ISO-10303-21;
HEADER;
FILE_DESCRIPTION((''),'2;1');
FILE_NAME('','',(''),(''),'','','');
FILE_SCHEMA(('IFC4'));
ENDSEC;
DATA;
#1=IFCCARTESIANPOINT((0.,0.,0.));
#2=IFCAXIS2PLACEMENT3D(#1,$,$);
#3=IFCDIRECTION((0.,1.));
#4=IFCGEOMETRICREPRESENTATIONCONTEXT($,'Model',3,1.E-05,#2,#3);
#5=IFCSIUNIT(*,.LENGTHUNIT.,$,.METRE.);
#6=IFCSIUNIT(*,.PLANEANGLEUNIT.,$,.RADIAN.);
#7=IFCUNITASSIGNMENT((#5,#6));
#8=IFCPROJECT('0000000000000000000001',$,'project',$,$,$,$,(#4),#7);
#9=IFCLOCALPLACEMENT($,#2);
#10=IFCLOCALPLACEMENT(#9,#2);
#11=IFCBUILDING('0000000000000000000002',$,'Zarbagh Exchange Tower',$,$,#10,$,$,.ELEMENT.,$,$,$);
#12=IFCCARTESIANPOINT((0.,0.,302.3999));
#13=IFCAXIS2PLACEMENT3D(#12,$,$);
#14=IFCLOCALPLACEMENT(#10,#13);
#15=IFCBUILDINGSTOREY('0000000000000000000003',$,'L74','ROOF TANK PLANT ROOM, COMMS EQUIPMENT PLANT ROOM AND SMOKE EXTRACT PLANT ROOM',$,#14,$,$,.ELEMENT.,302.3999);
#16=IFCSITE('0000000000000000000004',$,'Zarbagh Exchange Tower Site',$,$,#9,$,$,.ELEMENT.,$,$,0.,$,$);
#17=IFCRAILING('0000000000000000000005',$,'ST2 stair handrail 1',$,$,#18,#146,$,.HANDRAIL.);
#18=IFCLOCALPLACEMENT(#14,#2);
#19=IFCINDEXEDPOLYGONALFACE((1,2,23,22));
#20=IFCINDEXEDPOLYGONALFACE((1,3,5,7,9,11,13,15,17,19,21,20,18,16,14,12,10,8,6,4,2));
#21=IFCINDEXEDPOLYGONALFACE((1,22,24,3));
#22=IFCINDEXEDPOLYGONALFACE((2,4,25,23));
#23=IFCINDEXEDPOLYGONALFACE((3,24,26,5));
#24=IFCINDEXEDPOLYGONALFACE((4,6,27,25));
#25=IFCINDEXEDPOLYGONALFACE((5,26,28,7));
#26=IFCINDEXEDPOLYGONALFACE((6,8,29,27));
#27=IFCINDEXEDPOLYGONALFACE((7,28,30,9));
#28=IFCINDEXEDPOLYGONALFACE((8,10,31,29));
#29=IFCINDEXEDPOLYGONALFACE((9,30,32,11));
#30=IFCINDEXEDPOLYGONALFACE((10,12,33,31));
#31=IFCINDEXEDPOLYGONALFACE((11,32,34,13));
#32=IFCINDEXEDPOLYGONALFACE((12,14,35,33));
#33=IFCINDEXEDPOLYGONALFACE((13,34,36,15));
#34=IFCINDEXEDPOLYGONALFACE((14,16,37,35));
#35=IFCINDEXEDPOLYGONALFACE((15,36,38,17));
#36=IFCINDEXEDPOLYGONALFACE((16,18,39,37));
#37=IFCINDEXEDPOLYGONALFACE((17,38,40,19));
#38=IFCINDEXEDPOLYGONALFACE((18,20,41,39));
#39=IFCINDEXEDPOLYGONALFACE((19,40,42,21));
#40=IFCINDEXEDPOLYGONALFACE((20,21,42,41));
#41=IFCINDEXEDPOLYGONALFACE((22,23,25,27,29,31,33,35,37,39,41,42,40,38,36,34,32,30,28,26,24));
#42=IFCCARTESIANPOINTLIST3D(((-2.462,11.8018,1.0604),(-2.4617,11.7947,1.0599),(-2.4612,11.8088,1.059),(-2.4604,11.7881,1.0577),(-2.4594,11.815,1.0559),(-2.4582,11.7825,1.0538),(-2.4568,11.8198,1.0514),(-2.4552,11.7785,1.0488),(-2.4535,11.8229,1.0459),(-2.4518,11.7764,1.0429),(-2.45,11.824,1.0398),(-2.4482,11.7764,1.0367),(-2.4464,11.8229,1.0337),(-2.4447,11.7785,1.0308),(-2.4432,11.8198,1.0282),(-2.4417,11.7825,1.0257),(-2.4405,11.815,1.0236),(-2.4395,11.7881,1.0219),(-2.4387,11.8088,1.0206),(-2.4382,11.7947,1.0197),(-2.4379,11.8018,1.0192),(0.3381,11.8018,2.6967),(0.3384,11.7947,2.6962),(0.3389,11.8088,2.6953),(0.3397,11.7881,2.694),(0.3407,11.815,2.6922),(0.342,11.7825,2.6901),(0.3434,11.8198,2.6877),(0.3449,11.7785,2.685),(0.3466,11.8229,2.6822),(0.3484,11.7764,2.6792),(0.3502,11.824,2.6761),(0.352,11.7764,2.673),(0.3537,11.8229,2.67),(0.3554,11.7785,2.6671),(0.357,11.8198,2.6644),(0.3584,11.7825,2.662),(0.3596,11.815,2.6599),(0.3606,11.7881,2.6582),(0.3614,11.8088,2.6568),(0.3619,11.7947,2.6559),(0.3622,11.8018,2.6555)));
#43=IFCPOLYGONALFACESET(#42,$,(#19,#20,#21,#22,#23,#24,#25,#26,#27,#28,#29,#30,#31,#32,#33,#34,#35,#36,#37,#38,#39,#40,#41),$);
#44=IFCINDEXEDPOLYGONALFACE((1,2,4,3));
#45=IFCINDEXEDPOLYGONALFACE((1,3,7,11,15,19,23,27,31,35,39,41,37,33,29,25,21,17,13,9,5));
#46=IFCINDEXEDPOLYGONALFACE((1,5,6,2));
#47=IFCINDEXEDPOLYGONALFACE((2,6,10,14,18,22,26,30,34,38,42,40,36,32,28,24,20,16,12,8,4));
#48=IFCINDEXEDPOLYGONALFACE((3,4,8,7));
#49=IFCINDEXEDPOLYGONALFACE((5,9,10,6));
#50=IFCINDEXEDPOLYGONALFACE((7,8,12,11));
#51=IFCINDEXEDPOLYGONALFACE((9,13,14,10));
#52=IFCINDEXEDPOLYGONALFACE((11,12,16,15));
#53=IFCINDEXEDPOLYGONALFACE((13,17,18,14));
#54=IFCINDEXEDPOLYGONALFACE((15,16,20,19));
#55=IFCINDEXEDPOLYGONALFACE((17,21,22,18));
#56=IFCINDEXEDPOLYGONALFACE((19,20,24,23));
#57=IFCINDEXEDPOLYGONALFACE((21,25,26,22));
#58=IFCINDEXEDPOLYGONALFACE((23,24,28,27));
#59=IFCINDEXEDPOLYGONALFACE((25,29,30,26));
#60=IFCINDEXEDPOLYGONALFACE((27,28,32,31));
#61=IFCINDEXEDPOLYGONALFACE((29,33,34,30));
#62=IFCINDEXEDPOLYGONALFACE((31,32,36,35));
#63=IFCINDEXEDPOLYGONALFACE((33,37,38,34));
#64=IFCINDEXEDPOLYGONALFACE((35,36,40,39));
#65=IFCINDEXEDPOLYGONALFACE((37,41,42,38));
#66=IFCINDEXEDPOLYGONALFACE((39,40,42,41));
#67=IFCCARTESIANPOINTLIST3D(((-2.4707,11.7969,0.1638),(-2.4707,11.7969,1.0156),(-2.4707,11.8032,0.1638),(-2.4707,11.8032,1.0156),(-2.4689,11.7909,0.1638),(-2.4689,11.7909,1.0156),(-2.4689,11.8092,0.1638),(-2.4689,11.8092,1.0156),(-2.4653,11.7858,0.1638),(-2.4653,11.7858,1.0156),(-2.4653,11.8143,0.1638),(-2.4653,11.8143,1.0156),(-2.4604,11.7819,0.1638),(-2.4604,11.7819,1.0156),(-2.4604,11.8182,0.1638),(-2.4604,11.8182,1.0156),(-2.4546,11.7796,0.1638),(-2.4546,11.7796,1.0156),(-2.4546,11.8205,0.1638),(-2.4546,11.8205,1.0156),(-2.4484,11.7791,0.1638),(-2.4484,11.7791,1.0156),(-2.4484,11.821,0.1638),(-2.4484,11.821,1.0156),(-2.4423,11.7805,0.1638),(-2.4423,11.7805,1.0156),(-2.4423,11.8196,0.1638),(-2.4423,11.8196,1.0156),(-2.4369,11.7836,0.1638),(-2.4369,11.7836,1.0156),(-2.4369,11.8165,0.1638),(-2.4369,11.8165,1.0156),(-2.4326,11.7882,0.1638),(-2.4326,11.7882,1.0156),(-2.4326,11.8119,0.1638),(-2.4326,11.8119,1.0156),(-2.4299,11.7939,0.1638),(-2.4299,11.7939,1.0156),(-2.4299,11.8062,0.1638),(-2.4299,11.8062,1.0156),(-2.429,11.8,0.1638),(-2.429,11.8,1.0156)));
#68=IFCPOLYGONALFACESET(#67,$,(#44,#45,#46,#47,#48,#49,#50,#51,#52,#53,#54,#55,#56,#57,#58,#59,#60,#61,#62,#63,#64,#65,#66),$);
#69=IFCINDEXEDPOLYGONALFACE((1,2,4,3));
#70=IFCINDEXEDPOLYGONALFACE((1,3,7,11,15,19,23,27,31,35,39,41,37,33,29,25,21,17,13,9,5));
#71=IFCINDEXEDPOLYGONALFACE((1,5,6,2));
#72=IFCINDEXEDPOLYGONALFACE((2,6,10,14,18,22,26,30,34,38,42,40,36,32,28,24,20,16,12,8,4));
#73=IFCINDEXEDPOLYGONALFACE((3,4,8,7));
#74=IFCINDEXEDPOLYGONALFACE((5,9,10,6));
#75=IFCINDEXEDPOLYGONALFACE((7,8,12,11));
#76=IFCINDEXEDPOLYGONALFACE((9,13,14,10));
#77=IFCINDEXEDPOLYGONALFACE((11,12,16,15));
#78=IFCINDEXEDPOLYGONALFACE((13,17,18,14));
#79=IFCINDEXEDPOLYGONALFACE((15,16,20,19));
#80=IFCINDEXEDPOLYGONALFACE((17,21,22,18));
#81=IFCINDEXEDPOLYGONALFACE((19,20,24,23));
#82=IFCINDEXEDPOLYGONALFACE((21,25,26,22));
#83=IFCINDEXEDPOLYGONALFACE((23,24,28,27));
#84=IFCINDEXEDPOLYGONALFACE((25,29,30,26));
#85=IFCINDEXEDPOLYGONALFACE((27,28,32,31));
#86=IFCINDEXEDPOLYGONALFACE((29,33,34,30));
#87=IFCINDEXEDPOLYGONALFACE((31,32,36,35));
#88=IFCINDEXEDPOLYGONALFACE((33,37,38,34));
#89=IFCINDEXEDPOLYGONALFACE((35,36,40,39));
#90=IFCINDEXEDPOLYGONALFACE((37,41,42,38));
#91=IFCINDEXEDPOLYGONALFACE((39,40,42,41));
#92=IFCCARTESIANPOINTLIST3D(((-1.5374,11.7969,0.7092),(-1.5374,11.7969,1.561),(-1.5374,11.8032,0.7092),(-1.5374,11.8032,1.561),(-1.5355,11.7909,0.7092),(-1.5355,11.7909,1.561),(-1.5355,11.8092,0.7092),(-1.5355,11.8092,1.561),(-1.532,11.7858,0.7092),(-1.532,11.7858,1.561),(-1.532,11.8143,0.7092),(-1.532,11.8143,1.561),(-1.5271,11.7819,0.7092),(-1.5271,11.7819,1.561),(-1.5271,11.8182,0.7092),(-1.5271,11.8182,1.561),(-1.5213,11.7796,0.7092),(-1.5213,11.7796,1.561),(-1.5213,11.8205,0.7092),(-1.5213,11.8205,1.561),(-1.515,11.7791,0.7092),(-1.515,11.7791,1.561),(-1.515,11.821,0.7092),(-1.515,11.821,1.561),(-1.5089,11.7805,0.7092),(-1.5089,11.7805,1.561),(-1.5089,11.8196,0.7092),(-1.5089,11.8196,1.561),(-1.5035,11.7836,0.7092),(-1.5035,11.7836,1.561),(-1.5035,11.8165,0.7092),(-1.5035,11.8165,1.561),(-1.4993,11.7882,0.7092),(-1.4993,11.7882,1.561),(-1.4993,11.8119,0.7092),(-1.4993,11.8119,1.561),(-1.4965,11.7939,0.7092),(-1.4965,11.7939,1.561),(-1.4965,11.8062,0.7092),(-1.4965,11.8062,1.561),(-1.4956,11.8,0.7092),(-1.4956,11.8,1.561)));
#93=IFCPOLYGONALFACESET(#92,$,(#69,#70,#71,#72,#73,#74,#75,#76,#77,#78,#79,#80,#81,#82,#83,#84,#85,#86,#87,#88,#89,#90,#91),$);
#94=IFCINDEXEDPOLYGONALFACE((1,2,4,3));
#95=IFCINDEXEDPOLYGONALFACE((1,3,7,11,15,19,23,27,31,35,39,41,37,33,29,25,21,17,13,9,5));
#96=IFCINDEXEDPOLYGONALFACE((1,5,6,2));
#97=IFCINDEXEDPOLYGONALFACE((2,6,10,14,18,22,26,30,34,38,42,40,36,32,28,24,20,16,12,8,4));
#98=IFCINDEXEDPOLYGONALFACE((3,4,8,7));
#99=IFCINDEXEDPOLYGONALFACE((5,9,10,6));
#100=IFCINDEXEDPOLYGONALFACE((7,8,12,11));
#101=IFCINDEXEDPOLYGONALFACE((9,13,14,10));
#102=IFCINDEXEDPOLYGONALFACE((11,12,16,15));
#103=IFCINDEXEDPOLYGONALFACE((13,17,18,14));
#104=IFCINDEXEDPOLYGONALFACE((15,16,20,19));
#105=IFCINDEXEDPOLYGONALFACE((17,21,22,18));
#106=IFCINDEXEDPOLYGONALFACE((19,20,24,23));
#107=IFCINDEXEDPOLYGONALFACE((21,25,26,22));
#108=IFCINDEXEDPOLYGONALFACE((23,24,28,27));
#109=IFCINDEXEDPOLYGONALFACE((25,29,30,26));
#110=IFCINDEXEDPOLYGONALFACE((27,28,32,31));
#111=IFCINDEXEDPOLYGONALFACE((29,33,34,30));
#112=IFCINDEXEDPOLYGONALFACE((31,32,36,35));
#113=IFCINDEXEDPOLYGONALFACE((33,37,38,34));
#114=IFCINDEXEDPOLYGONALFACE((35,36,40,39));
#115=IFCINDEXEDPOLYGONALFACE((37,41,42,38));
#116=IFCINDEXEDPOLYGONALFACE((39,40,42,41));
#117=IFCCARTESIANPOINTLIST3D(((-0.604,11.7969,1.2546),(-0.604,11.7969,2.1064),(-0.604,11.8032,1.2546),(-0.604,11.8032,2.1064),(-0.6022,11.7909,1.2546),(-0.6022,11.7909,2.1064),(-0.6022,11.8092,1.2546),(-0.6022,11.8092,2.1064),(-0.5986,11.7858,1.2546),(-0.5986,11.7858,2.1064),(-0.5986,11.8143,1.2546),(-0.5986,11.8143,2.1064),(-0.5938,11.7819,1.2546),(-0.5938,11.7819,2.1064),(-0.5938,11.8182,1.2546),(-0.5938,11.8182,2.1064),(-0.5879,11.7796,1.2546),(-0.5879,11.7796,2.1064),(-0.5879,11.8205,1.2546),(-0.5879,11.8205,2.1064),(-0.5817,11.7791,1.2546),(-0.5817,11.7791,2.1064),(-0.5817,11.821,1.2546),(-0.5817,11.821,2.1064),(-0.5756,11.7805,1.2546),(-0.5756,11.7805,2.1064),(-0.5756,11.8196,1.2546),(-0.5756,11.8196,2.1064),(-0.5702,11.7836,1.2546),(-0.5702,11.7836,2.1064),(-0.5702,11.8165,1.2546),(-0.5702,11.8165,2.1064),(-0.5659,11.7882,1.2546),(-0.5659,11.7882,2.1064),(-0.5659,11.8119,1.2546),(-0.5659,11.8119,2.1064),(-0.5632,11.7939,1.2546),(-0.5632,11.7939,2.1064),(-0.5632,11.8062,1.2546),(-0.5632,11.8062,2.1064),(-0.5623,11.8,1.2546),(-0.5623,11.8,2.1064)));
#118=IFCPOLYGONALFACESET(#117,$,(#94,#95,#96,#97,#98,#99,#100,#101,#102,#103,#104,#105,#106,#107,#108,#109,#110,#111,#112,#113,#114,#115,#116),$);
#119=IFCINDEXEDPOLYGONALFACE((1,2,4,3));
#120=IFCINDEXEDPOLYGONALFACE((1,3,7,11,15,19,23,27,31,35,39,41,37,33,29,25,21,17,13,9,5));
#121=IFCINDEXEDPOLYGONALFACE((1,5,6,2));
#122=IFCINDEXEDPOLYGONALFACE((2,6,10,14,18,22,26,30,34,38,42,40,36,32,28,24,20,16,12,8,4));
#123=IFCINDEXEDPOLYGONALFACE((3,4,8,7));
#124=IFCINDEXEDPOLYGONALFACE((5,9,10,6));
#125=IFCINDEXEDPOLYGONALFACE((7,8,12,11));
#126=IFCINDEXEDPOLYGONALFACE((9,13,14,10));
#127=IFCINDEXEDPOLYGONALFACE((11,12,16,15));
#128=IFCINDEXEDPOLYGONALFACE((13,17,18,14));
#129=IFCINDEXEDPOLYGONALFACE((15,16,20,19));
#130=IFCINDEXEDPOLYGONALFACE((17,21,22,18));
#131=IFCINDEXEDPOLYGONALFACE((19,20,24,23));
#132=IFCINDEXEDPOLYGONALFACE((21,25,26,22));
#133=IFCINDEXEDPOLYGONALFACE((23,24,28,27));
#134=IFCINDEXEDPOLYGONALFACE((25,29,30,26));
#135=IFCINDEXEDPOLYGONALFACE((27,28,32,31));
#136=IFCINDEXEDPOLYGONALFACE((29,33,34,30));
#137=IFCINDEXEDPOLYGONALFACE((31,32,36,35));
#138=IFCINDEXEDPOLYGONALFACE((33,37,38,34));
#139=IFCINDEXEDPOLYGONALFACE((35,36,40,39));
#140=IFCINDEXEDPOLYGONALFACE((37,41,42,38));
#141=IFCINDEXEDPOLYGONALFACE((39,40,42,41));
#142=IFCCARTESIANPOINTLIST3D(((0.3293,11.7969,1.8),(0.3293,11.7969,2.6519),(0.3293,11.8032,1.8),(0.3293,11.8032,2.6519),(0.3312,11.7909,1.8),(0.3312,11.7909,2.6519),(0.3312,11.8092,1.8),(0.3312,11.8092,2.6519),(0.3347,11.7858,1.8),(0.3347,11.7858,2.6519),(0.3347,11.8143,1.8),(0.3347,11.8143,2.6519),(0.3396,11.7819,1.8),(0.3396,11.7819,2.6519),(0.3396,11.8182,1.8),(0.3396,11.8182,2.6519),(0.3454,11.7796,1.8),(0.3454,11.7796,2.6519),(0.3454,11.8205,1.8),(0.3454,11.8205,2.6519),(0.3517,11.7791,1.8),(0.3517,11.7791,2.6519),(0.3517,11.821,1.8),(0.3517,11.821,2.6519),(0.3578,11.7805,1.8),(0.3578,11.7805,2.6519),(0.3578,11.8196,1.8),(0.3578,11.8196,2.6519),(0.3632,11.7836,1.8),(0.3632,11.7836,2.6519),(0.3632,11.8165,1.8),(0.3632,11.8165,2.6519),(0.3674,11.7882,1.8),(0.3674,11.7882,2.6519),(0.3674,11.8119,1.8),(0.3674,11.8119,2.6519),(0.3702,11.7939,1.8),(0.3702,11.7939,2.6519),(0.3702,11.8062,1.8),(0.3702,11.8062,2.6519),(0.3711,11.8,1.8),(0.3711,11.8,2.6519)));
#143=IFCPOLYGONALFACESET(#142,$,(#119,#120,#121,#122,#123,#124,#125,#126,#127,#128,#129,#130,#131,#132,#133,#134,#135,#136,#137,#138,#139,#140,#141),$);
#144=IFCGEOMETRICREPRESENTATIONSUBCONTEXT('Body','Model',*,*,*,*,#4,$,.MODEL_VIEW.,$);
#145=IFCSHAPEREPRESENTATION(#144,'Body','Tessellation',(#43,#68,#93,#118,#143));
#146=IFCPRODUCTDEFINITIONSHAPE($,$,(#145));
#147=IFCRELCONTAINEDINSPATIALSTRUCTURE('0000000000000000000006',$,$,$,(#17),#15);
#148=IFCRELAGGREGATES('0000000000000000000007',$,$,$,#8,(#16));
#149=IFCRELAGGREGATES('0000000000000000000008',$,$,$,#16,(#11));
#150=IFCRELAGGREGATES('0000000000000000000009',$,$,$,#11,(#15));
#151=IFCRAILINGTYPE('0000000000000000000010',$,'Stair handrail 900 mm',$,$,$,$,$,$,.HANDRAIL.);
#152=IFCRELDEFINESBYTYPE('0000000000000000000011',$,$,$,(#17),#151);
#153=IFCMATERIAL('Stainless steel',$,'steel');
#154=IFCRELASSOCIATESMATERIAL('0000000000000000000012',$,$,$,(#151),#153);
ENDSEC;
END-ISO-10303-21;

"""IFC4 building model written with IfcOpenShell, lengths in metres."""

from ifc_helpers import new_model, si_unit, direction, frame, origin, origin_2d, place, context, subcontext, project, spatial, circle, extrude, material, type_object, element, save


model = new_model("IFC4")

# Units and contexts
model_context = context("Model", 3, precision=1e-05, world=origin(), true_north=direction((0.0, 1.0)))
body_context = subcontext(model_context, "Body", "Model", "MODEL_VIEW")
ifc_project = project(units=[si_unit("LENGTHUNIT", "METRE"), si_unit("PLANEANGLEUNIT", "RADIAN")], contexts=[model_context])

# Site, building, storey
site_placement = place(None, origin())
site = spatial("IfcSite", under=ifc_project, at=site_placement, Name="Zarbagh Exchange Tower Site", CompositionType="ELEMENT", RefElevation=0.0)
building_placement = place(site_placement, origin())
building = spatial("IfcBuilding", under=site, at=building_placement, Name="Zarbagh Exchange Tower", CompositionType="ELEMENT")
storey_placement = place(building_placement, frame((0.0, 0.0, 302.3999)))
storey = spatial("IfcBuildingStorey", under=building, at=storey_placement, Name="L74", Description="ROOF TANK PLANT ROOM, COMMS EQUIPMENT PLANT ROOM AND SMOKE EXTRACT PLANT ROOM", CompositionType="ELEMENT", Elevation=302.3999)

# Railing
ifc_material_1 = material(Name="Stainless steel", Category="steel")
railing_type = type_object("IfcRailingType", Name="Stair handrail 900 mm", PredefinedType="HANDRAIL", material=ifc_material_1)
railing_placement = place(storey_placement, frame((-2.45, 11.8, 0.1638)))
element("IfcRailing", 1, at=railing_placement, inside=storey, type_object=railing_type, Name="ST2 stair handrail 1", PredefinedType="HANDRAIL", context=body_context, shape_type="SweptSolid", body=[
    extrude(circle(Radius=0.0239, at=origin_2d()), frame((0.0, 0.0, 0.876), z_axis=(0.863394, 0.0, 0.504531), x_axis=(0.0, 1.0, 0.0)), (0.0, 0.0, 1.0), 3.2432),
    extrude(circle(Radius=0.021, at=origin_2d()), origin(), (0.0, 0.0, 1.0), 0.8518),
    extrude(circle(Radius=0.021, at=origin_2d()), frame((0.9333, 0.0, 0.5454)), (0.0, 0.0, 1.0), 0.8518),
    extrude(circle(Radius=0.021, at=origin_2d()), frame((1.8667, 0.0, 1.0908)), (0.0, 0.0, 1.0), 0.8518),
    extrude(circle(Radius=0.021, at=origin_2d()), frame((2.8, 0.0, 1.6362)), (0.0, 0.0, 1.0), 0.8518),
])

save(model, "model.ifc")
